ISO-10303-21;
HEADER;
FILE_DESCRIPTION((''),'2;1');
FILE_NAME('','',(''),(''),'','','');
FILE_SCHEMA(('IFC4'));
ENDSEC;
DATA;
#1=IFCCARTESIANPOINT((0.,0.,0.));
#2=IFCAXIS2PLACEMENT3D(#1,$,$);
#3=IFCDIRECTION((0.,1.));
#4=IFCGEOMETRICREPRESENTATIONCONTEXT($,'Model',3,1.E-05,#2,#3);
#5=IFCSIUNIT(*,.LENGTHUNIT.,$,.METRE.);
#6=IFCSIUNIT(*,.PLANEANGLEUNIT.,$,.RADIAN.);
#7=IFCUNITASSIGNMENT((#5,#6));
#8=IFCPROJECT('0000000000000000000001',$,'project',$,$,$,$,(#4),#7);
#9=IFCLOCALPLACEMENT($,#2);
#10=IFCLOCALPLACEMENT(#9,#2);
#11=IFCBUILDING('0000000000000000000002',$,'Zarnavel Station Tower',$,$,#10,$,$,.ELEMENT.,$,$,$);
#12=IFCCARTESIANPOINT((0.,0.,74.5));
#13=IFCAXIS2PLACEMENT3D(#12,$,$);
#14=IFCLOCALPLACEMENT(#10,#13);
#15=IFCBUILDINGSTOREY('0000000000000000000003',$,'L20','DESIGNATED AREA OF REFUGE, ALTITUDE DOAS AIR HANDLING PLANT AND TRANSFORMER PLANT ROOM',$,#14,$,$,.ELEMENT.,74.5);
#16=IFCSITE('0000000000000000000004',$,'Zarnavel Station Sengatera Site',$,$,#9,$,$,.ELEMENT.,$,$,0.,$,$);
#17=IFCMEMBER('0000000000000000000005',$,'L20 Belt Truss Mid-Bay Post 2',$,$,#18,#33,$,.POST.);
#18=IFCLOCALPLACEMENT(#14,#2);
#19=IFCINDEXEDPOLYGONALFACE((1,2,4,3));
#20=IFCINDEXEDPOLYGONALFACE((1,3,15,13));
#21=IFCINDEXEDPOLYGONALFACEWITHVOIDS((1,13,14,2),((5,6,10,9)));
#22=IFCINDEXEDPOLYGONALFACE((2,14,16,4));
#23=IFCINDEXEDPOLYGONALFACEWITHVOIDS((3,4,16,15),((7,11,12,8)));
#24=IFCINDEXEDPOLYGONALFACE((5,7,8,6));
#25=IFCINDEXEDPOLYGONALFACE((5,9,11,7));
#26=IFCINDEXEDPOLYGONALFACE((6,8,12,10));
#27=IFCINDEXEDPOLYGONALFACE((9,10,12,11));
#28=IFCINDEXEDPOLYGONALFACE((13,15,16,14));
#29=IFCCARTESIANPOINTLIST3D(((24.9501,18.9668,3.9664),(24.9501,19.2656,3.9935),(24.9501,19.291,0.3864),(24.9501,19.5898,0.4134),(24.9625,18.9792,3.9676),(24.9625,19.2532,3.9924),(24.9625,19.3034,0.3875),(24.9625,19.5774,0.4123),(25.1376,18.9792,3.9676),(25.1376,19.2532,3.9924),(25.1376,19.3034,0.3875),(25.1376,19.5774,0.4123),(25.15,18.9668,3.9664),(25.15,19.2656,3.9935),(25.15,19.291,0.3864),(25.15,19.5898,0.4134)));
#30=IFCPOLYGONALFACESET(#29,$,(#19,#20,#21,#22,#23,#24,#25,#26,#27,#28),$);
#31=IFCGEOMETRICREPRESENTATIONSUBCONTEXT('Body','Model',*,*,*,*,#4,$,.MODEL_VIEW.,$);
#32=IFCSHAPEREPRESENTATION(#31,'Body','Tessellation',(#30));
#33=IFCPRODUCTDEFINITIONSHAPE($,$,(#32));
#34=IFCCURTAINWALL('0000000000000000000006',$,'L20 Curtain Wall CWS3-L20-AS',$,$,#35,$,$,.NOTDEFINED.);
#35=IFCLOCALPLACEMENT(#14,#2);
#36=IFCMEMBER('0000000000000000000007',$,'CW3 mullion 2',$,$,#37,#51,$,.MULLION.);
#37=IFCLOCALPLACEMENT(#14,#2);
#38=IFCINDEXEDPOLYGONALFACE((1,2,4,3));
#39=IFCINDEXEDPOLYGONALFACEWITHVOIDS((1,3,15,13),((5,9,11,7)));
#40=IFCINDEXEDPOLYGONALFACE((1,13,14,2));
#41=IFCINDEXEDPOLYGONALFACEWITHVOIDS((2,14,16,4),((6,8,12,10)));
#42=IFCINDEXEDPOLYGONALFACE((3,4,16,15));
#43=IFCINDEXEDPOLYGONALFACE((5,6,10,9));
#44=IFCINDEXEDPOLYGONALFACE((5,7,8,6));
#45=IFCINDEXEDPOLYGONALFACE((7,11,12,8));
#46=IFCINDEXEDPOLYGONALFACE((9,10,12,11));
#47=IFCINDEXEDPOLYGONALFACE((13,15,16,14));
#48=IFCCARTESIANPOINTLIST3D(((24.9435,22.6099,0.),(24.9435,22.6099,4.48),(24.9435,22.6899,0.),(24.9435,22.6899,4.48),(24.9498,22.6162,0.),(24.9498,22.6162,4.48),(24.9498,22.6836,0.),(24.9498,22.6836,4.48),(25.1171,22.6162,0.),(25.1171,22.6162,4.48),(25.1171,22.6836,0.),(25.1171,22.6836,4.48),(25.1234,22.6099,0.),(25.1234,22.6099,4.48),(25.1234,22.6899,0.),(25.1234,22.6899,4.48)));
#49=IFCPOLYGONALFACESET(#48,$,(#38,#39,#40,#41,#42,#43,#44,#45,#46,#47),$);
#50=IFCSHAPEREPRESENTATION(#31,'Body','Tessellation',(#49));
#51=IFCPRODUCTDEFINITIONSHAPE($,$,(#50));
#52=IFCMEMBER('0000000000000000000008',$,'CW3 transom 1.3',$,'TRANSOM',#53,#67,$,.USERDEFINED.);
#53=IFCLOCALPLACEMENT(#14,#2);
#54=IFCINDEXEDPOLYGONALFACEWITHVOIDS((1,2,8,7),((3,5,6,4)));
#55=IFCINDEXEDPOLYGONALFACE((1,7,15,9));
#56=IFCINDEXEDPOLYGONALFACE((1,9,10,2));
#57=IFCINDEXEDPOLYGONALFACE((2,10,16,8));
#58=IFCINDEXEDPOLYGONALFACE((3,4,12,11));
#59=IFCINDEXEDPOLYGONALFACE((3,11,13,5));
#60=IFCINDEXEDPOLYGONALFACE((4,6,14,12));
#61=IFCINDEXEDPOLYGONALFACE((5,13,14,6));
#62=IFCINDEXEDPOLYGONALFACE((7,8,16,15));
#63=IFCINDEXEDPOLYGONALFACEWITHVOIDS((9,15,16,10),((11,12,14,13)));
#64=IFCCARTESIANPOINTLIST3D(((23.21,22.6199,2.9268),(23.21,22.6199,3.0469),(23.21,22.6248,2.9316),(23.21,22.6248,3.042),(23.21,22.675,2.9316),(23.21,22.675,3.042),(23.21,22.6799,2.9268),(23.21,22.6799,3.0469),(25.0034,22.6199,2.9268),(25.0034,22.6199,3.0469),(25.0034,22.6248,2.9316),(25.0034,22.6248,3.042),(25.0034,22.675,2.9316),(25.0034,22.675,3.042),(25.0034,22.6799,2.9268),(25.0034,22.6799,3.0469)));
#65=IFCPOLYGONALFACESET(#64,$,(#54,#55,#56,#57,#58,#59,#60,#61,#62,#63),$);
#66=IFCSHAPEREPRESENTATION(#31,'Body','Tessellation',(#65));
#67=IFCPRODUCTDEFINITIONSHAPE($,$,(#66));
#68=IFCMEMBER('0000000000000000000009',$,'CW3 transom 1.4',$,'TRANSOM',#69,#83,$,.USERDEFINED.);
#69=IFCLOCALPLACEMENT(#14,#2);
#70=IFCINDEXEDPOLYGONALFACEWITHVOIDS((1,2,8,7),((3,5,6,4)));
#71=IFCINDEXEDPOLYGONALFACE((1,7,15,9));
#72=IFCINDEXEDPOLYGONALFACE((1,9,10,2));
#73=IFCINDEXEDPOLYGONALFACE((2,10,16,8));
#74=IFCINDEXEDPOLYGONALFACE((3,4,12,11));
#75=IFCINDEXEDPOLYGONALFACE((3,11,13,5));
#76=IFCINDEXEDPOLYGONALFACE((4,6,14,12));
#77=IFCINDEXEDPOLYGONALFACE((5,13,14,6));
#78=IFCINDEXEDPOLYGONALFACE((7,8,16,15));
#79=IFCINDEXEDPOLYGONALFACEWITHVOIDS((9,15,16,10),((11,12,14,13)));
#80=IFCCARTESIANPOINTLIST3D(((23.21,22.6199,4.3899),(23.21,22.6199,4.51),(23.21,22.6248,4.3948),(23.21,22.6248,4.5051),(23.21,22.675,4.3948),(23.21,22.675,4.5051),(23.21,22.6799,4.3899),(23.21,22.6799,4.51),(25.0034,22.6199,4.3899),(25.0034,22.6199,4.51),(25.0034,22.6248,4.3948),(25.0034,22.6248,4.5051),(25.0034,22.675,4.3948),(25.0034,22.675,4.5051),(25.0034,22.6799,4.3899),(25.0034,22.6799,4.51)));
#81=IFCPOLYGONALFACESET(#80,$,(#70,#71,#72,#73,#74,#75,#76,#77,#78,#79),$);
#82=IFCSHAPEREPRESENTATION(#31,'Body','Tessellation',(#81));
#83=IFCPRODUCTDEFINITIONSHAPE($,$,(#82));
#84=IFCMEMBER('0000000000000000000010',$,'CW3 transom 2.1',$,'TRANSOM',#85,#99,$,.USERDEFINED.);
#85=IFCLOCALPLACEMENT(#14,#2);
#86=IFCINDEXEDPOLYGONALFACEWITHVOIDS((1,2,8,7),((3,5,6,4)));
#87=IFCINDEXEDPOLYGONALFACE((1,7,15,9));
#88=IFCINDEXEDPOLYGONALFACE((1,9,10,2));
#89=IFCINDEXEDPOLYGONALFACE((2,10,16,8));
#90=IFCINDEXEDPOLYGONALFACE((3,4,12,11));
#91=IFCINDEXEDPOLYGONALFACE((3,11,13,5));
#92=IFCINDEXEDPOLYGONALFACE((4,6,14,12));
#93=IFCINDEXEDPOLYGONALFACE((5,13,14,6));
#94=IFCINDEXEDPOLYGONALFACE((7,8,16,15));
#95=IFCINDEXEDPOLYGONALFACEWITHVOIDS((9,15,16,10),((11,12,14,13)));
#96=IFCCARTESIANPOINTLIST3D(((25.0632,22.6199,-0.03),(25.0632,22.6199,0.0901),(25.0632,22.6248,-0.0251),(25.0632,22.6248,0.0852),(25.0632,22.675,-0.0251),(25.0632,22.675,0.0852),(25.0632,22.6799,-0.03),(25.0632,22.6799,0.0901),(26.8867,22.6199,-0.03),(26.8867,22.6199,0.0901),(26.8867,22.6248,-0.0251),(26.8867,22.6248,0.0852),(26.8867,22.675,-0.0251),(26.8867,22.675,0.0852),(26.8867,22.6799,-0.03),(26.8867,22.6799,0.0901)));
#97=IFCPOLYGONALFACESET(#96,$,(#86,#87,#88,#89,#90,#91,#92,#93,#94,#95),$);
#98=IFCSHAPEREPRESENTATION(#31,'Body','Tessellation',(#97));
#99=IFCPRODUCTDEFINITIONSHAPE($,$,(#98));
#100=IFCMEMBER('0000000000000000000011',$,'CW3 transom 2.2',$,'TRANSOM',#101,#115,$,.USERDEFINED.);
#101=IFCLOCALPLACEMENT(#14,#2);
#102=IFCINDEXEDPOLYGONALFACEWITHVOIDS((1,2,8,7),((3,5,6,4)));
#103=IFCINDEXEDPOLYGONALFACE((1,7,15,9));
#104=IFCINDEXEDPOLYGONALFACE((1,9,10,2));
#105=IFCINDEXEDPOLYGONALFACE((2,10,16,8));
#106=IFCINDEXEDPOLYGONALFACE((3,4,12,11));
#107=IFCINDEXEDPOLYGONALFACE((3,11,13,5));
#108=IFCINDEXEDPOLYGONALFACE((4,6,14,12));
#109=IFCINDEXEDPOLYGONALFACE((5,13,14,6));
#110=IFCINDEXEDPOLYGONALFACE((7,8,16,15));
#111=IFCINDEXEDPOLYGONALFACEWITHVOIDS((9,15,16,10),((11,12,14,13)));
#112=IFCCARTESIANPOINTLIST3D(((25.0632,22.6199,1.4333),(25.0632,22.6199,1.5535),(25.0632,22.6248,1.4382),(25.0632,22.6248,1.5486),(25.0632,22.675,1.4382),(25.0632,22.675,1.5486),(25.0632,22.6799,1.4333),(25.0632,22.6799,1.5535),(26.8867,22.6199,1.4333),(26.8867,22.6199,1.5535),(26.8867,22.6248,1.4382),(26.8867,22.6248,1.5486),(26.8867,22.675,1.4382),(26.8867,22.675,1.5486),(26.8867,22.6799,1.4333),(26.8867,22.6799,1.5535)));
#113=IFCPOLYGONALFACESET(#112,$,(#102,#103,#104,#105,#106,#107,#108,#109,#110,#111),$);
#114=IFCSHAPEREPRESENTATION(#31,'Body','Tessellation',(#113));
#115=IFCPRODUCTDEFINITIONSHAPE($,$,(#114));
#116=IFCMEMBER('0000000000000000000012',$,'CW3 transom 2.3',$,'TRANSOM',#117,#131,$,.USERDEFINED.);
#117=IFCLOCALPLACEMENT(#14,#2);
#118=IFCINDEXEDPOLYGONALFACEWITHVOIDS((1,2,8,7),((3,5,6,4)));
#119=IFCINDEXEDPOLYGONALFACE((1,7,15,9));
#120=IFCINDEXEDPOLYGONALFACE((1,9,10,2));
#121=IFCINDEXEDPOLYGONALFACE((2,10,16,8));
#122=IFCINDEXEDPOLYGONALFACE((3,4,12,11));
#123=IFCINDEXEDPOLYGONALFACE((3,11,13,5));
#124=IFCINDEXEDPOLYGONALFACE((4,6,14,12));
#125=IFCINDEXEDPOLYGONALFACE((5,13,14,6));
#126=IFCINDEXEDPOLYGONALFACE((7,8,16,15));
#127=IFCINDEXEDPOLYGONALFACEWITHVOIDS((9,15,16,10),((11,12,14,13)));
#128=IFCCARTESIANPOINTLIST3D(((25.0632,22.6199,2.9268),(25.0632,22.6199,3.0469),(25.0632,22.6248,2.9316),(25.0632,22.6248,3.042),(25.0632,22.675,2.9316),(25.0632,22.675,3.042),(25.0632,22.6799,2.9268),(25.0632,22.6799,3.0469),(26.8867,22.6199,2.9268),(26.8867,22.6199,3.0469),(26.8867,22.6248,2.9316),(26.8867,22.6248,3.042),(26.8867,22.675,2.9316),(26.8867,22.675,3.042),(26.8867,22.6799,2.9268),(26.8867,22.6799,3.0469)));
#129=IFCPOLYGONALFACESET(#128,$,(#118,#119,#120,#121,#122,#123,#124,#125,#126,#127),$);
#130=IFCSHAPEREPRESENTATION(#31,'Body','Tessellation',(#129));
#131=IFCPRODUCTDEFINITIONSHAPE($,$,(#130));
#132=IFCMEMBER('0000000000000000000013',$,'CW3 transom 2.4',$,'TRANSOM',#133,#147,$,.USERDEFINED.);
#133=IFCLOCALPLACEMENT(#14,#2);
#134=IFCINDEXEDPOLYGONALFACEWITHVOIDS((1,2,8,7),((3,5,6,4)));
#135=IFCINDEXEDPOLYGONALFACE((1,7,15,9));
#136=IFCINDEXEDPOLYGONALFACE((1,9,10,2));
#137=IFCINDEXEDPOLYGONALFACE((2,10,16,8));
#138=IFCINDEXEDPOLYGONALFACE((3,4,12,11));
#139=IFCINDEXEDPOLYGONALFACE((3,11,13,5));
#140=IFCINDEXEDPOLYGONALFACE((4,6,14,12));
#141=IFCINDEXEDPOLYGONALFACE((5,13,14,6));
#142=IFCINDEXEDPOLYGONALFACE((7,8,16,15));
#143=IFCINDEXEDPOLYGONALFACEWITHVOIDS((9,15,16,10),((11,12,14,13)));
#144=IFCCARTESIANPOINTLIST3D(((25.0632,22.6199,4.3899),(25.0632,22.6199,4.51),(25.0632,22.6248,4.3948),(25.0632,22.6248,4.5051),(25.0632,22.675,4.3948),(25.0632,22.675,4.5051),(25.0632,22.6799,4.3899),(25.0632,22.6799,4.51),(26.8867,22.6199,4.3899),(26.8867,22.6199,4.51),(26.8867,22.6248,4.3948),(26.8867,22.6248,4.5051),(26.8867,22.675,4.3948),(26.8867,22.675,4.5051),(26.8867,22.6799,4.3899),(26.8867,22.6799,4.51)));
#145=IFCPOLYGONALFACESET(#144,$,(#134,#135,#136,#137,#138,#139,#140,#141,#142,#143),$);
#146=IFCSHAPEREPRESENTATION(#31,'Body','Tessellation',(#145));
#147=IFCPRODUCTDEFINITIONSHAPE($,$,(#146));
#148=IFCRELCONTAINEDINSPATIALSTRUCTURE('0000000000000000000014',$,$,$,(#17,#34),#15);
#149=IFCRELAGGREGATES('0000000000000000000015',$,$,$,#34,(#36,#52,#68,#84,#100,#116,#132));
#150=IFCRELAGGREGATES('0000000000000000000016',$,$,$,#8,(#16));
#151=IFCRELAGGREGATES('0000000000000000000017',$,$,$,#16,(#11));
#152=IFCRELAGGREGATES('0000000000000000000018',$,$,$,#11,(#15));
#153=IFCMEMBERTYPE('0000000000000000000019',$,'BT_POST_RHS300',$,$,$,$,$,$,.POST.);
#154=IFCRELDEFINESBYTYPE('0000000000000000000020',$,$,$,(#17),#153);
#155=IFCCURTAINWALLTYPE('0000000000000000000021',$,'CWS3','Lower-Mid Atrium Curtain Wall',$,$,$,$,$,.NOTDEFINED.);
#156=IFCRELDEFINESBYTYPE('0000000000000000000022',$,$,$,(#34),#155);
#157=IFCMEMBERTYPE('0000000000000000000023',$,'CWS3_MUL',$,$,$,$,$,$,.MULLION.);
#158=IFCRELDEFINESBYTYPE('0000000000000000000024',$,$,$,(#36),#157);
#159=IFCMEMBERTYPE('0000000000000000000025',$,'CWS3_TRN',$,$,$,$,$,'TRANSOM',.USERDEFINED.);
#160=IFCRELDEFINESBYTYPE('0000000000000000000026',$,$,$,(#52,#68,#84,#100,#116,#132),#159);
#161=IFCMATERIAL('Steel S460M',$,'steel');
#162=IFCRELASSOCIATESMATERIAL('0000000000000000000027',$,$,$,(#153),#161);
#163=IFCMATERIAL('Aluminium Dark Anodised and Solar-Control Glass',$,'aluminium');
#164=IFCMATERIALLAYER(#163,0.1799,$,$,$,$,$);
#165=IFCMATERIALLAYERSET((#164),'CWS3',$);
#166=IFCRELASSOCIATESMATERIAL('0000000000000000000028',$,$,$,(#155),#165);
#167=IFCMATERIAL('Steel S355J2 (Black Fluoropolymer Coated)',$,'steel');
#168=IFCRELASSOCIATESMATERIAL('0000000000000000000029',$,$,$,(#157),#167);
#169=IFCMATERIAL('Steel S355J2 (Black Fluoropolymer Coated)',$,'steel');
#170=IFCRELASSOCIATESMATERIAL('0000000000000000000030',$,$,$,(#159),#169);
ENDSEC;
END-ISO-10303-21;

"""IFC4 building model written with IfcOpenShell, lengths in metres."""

from ifc_helpers import new_model, si_unit, direction, frame, origin, origin_2d, place, context, subcontext, project, spatial, hollow_rectangle, extrude, material, layer, layer_set, material_profile, profile_set, type_object, element, aggregate, save


model = new_model("IFC4")

# Units and contexts
model_context = context("Model", 3, precision=1e-05, world=origin(), true_north=direction((0.0, 1.0)))
body_context = subcontext(model_context, "Body", "Model", "MODEL_VIEW")
ifc_project = project(units=[si_unit("LENGTHUNIT", "METRE"), si_unit("PLANEANGLEUNIT", "RADIAN")], contexts=[model_context])

# Site, building, storey
site_placement = place(None, origin())
site = spatial("IfcSite", under=ifc_project, at=site_placement, Name="Zarnavel Station Sengatera Site", CompositionType="ELEMENT", RefElevation=0.0)
building_placement = place(site_placement, origin())
building = spatial("IfcBuilding", under=site, at=building_placement, Name="Zarnavel Station Tower", CompositionType="ELEMENT")
storey_placement = place(building_placement, frame((0.0, 0.0, 74.5)))
storey = spatial("IfcBuildingStorey", under=building, at=storey_placement, Name="L20", Description="DESIGNATED AREA OF REFUGE, ALTITUDE DOAS AIR HANDLING PLANT AND TRANSFORMER PLANT ROOM", CompositionType="ELEMENT", Elevation=74.5)

# Member
ifc_material_1 = material(Name="Steel S460M", Category="steel")
ifc_material_profile_1 = material_profile(ifc_material_1, hollow_rectangle(XDim=0.2, YDim=0.3, WallThickness=0.0125, at=origin_2d()), Name="RHS300x200x12.5")
ifc_profile_set_1 = profile_set([ifc_material_profile_1], Name="Steel S460M")
member_type_1 = type_object("IfcMemberType", Name="BT_POST_RHS300", PredefinedType="POST", material=ifc_profile_set_1)
member_1_placement = place(storey_placement, frame((25.05, 19.4404, 0.3999), z_axis=(0.0, -0.090193, 0.995924), x_axis=(1.0, 0.0, 0.0)))
element("IfcMember", 1, at=member_1_placement, inside=storey, type_object=member_type_1, Name="L20 Belt Truss Mid-Bay Post 2", PredefinedType="POST", context=body_context, shape_type="SweptSolid", body=[
    extrude(hollow_rectangle(XDim=0.2, YDim=0.3, WallThickness=0.0125, at=origin_2d()), origin(), (0.0, 0.0, 1.0), 3.5947),
])

# Curtain wall, members
ifc_material_2 = material(Name="Aluminium Dark Anodised and Solar-Control Glass", Category="aluminium")
ifc_layer_1 = layer(ifc_material_2, 0.1799)
ifc_layer_set_1 = layer_set([ifc_layer_1], Name="CWS3")
curtain_wall_type = type_object("IfcCurtainWallType", Name="CWS3", Description="Lower-Mid Atrium Curtain Wall", PredefinedType="NOTDEFINED", material=ifc_layer_set_1)
curtain_wall_placement = place(storey_placement, origin())
curtain_wall = element("IfcCurtainWall", 2, at=curtain_wall_placement, inside=storey, type_object=curtain_wall_type, Name="L20 Curtain Wall CWS3-L20-AS", PredefinedType="NOTDEFINED")
ifc_material_3 = material(Name="Steel S355J2 (Black Fluoropolymer Coated)", Category="steel")
ifc_material_profile_2 = material_profile(ifc_material_3, hollow_rectangle(XDim=0.0801, YDim=0.1799, WallThickness=0.0063, at=origin_2d()), Name="RHS180x80x6.3")
ifc_profile_set_2 = profile_set([ifc_material_profile_2], Name="Steel S355J2 (Black Fluoropolymer Coated)")
member_type_2 = type_object("IfcMemberType", Name="CWS3_MUL", PredefinedType="MULLION", material=ifc_profile_set_2)
member_2_placement = place(storey_placement, frame((25.0334, 22.6499, 0.0), z_axis=(0.0, 0.0, 1.0), x_axis=(0.0, 1.0, 0.0)))
member_2 = element("IfcMember", 3, at=member_2_placement, type_object=member_type_2, Name="CW3 mullion 2", PredefinedType="MULLION", context=body_context, shape_type="SweptSolid", body=[
    extrude(hollow_rectangle(XDim=0.0801, YDim=0.1799, WallThickness=0.0063, at=origin_2d()), origin(), (0.0, 0.0, 1.0), 4.48),
])
ifc_material_4 = material(Name="Steel S355J2 (Black Fluoropolymer Coated)", Category="steel")
ifc_material_profile_3 = material_profile(ifc_material_4, hollow_rectangle(XDim=0.0601, YDim=0.1201, WallThickness=0.0049, at=origin_2d()), Name="RHS120x60x5")
ifc_profile_set_3 = profile_set([ifc_material_profile_3], Name="Steel S355J2 (Black Fluoropolymer Coated)")
member_type_3 = type_object("IfcMemberType", Name="CWS3_TRN", ElementType="TRANSOM", PredefinedType="USERDEFINED", material=ifc_profile_set_3)
member_3_placement = place(storey_placement, frame((23.21, 22.6499, 2.9868), z_axis=(1.0, 0.0, 0.0), x_axis=(0.0, 1.0, 0.0)))
member_3 = element("IfcMember", 4, at=member_3_placement, type_object=member_type_3, Name="CW3 transom 1.3", ObjectType="TRANSOM", PredefinedType="USERDEFINED", context=body_context, shape_type="SweptSolid", body=[
    extrude(hollow_rectangle(XDim=0.0601, YDim=0.1201, WallThickness=0.0049, at=origin_2d()), origin(), (0.0, 0.0, 1.0), 1.7935),
])
member_4_placement = place(storey_placement, frame((23.21, 22.6499, 4.45), z_axis=(1.0, 0.0, 0.0), x_axis=(0.0, 1.0, 0.0)))
member_4 = element("IfcMember", 5, at=member_4_placement, type_object=member_type_3, Name="CW3 transom 1.4", ObjectType="TRANSOM", PredefinedType="USERDEFINED", context=body_context, shape_type="SweptSolid", body=[
    extrude(hollow_rectangle(XDim=0.0601, YDim=0.1201, WallThickness=0.0049, at=origin_2d()), origin(), (0.0, 0.0, 1.0), 1.7935),
])
member_5_placement = place(storey_placement, frame((25.0632, 22.6499, 0.03), z_axis=(1.0, 0.0, 0.0), x_axis=(0.0, 1.0, 0.0)))
member_5 = element("IfcMember", 6, at=member_5_placement, type_object=member_type_3, Name="CW3 transom 2.1", ObjectType="TRANSOM", PredefinedType="USERDEFINED", context=body_context, shape_type="SweptSolid", body=[
    extrude(hollow_rectangle(XDim=0.0601, YDim=0.1201, WallThickness=0.0049, at=origin_2d()), origin(), (0.0, 0.0, 1.0), 1.8235),
])
member_6_placement = place(storey_placement, frame((25.0632, 22.6499, 1.4934), z_axis=(1.0, 0.0, 0.0), x_axis=(0.0, 1.0, 0.0)))
member_6 = element("IfcMember", 7, at=member_6_placement, type_object=member_type_3, Name="CW3 transom 2.2", ObjectType="TRANSOM", PredefinedType="USERDEFINED", context=body_context, shape_type="SweptSolid", body=[
    extrude(hollow_rectangle(XDim=0.0601, YDim=0.1201, WallThickness=0.0049, at=origin_2d()), origin(), (0.0, 0.0, 1.0), 1.8235),
])
member_7_placement = place(storey_placement, frame((25.0632, 22.6499, 2.9868), z_axis=(1.0, 0.0, 0.0), x_axis=(0.0, 1.0, 0.0)))
member_7 = element("IfcMember", 8, at=member_7_placement, type_object=member_type_3, Name="CW3 transom 2.3", ObjectType="TRANSOM", PredefinedType="USERDEFINED", context=body_context, shape_type="SweptSolid", body=[
    extrude(hollow_rectangle(XDim=0.0601, YDim=0.1201, WallThickness=0.0049, at=origin_2d()), origin(), (0.0, 0.0, 1.0), 1.8235),
])
member_8_placement = place(storey_placement, frame((25.0632, 22.6499, 4.45), z_axis=(1.0, 0.0, 0.0), x_axis=(0.0, 1.0, 0.0)))
member_8 = element("IfcMember", 9, at=member_8_placement, type_object=member_type_3, Name="CW3 transom 2.4", ObjectType="TRANSOM", PredefinedType="USERDEFINED", context=body_context, shape_type="SweptSolid", body=[
    extrude(hollow_rectangle(XDim=0.0601, YDim=0.1201, WallThickness=0.0049, at=origin_2d()), origin(), (0.0, 0.0, 1.0), 1.8235),
])

aggregate(curtain_wall, [member_2, member_3, member_4, member_5, member_6, member_7, member_8])

save(model, "model.ifc")
